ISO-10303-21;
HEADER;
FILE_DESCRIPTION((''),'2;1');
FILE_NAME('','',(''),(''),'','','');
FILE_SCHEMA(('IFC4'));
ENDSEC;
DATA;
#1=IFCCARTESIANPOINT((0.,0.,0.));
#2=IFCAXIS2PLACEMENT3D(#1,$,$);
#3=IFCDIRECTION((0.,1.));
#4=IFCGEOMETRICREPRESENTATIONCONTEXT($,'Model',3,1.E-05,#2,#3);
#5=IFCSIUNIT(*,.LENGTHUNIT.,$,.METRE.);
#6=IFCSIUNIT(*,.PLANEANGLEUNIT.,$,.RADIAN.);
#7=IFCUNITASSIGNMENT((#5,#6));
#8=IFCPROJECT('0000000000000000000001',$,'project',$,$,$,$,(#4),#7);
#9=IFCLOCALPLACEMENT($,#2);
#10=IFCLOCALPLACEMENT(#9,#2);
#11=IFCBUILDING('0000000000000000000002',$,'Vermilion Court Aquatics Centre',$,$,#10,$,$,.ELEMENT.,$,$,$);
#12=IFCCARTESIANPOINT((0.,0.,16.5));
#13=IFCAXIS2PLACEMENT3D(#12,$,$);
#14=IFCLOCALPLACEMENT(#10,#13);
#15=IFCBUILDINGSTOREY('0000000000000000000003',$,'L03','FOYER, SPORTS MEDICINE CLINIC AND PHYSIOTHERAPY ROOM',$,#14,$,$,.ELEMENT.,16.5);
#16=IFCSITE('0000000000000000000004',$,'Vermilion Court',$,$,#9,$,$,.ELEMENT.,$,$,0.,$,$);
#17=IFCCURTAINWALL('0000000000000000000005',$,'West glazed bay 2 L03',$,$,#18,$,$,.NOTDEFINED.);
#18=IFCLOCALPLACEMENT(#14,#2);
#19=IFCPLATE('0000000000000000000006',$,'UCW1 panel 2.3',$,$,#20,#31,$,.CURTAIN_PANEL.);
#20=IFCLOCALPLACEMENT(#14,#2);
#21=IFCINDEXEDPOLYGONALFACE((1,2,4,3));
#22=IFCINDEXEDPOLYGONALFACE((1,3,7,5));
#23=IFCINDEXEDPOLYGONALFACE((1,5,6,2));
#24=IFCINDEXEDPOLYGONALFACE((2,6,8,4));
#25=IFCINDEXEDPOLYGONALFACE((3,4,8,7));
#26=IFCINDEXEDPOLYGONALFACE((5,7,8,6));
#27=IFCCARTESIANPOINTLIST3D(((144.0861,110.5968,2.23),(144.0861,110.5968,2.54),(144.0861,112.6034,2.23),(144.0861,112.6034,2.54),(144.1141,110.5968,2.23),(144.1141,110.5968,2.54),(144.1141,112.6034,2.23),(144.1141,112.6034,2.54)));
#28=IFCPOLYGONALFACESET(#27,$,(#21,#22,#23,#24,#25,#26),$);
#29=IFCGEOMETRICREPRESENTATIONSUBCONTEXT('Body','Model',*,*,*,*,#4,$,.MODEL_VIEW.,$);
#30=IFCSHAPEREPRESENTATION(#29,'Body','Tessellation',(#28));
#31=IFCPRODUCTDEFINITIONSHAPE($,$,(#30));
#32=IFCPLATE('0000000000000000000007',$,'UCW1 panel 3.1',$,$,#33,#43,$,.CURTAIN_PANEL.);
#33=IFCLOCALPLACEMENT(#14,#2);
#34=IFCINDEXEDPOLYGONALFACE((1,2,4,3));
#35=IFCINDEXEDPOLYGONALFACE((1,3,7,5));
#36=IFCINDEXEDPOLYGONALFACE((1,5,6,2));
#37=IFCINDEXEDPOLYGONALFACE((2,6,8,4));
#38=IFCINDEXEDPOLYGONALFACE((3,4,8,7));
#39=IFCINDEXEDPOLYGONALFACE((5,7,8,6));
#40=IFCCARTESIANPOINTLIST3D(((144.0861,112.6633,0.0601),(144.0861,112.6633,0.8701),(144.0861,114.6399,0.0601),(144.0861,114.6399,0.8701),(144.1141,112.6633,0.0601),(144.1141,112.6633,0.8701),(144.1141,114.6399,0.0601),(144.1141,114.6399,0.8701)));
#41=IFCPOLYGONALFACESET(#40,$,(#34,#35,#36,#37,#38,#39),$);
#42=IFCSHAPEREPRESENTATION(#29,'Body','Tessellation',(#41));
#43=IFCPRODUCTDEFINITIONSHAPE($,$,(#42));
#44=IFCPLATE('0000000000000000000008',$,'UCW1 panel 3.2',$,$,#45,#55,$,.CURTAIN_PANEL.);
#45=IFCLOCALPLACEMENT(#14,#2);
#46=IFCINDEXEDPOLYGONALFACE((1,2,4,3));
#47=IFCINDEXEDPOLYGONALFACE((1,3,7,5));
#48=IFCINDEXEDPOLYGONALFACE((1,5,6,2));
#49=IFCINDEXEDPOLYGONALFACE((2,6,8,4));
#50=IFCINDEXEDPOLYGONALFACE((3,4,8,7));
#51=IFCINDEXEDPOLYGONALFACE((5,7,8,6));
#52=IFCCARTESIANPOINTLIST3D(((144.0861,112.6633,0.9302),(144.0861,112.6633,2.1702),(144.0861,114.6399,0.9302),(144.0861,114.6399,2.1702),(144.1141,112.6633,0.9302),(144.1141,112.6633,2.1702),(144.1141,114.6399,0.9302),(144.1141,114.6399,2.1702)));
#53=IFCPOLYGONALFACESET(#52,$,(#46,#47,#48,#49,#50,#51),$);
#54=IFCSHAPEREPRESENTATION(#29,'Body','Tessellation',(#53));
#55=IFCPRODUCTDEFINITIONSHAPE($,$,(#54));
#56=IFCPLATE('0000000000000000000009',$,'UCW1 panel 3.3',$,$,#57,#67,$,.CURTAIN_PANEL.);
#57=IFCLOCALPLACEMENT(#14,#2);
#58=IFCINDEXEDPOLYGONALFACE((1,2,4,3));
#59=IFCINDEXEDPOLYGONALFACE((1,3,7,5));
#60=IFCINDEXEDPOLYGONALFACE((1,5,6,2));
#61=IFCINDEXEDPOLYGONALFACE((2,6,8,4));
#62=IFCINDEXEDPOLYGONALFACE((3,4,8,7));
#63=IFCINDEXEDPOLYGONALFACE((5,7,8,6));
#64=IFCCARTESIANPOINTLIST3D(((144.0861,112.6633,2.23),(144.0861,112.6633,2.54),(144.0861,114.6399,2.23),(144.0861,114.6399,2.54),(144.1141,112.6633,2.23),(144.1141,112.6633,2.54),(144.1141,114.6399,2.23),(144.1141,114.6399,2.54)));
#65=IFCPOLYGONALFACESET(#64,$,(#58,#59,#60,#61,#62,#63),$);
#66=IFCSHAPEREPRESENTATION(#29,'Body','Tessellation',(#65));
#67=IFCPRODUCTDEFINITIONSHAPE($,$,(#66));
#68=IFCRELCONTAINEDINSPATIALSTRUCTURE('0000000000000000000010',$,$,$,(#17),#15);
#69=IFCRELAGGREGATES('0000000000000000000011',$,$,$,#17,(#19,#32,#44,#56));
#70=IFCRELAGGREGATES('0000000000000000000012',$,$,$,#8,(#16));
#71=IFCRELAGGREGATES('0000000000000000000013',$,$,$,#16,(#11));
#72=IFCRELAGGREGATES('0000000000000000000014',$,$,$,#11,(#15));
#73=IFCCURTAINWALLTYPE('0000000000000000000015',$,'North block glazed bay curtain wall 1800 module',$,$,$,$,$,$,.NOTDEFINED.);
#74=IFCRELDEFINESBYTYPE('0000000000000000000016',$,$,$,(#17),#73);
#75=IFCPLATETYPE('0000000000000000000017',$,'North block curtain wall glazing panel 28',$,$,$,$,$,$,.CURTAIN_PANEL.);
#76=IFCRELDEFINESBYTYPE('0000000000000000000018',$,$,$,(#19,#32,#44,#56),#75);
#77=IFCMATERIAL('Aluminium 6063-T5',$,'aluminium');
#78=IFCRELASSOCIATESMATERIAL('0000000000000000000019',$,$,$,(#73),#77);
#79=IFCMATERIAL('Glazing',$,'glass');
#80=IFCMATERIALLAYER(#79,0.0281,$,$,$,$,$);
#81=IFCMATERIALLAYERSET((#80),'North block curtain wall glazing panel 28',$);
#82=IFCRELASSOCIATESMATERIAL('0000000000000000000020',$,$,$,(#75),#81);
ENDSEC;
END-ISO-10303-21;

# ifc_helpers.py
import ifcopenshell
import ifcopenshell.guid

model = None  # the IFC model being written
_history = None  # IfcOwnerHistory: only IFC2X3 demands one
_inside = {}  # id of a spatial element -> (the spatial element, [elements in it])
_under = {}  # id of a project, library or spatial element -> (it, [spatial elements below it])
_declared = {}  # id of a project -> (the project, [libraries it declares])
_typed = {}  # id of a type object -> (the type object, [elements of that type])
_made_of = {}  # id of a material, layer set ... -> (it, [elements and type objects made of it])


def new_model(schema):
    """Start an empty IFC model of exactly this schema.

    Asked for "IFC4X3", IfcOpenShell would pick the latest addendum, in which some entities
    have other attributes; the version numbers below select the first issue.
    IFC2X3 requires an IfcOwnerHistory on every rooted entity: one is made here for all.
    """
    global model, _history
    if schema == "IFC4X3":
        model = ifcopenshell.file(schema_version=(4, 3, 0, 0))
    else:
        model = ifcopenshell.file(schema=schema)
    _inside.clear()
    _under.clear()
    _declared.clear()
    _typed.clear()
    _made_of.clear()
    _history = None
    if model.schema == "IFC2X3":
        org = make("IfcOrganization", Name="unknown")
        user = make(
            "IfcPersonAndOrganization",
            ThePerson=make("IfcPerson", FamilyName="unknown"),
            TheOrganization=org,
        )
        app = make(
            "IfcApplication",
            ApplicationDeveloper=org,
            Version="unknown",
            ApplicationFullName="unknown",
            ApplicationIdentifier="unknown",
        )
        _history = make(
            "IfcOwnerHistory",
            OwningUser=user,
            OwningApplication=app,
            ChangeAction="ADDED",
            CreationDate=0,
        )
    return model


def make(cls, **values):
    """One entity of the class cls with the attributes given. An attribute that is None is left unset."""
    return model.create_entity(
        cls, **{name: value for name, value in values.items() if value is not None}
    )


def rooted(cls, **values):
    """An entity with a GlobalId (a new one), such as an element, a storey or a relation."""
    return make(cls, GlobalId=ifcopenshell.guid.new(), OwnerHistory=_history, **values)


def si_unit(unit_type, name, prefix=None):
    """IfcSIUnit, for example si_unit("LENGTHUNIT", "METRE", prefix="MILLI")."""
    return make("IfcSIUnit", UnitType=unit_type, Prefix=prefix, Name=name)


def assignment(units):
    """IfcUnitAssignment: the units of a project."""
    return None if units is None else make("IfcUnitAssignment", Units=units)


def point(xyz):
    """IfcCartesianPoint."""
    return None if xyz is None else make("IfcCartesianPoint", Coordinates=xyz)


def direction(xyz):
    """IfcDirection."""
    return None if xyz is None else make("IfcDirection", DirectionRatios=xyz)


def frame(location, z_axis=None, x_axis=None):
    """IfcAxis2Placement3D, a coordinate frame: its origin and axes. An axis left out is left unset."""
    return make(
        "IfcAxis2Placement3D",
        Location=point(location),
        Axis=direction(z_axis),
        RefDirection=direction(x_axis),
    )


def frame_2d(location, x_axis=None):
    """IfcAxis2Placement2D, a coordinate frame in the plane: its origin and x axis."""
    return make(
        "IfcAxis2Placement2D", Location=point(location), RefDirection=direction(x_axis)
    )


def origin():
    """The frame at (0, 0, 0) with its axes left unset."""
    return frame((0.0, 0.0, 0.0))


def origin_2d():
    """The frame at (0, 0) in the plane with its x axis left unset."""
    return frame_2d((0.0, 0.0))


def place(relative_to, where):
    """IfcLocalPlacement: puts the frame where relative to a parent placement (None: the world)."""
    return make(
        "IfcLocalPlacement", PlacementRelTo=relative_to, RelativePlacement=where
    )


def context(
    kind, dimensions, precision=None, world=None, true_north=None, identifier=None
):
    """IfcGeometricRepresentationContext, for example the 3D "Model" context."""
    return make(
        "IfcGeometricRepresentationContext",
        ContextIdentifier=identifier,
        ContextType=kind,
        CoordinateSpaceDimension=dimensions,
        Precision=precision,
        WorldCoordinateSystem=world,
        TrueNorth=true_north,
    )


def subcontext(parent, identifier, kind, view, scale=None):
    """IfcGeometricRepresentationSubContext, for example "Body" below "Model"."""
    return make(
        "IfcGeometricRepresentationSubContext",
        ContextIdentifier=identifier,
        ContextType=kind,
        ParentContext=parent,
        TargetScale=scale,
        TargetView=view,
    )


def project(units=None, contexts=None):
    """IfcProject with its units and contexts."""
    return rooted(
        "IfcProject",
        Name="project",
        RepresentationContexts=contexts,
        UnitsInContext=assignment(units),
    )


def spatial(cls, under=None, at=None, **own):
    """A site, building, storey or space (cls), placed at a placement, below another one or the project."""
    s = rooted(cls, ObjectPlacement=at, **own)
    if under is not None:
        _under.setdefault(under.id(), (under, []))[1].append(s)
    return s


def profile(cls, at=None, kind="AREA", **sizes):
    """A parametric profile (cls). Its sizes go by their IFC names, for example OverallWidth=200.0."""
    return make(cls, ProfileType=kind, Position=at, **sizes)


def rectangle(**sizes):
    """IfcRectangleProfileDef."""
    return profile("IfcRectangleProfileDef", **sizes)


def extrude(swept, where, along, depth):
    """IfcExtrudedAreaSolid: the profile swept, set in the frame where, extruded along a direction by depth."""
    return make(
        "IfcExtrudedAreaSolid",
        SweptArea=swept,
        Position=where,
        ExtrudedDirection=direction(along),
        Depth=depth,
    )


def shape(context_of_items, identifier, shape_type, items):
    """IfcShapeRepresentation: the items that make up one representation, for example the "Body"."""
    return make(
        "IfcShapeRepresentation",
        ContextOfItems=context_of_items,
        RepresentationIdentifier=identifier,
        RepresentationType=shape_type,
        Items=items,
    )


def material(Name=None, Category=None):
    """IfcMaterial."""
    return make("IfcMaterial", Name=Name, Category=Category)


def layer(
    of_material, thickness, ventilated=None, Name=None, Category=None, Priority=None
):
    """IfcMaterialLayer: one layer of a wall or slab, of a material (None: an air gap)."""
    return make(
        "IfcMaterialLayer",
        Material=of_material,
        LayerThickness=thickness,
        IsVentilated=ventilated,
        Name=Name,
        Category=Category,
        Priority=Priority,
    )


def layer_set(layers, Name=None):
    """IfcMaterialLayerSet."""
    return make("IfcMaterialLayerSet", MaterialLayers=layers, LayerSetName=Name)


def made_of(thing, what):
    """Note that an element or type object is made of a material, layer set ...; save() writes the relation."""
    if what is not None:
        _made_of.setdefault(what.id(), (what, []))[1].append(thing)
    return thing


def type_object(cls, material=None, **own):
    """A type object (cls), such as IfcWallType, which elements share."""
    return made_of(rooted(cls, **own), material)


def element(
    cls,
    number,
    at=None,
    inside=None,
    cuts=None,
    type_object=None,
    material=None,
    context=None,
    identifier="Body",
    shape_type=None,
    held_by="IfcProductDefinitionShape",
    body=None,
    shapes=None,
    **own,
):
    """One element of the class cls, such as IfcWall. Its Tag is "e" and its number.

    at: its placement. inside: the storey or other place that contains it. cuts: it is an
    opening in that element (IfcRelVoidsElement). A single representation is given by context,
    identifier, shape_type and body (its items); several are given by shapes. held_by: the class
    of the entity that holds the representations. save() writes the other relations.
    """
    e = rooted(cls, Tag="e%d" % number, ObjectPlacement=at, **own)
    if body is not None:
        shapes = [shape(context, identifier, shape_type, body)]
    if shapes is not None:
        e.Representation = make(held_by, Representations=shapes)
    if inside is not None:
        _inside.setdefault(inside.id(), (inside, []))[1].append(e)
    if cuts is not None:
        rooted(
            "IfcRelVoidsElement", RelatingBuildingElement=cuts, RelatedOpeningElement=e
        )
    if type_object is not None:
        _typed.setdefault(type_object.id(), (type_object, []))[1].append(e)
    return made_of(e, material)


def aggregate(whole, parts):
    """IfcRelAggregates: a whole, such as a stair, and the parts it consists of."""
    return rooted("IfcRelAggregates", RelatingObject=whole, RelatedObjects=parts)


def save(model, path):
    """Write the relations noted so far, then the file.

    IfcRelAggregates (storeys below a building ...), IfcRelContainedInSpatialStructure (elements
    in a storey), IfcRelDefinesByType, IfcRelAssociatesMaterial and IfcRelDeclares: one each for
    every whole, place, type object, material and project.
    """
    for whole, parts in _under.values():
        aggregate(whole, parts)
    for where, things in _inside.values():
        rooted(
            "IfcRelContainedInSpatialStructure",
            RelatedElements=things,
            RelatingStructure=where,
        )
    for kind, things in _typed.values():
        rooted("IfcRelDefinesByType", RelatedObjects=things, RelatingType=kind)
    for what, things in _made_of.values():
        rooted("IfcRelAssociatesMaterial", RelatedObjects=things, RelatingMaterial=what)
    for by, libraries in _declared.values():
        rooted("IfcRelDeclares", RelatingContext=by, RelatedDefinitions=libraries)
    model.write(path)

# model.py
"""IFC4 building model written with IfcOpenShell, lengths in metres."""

from ifc_helpers import new_model, si_unit, direction, frame, origin, origin_2d, place, context, subcontext, project, spatial, rectangle, extrude, material, layer, layer_set, type_object, element, aggregate, save


model = new_model("IFC4")

# Units and contexts
model_context = context("Model", 3, precision=1e-05, world=origin(), true_north=direction((0.0, 1.0)))
body_context = subcontext(model_context, "Body", "Model", "MODEL_VIEW")
ifc_project = project(units=[si_unit("LENGTHUNIT", "METRE"), si_unit("PLANEANGLEUNIT", "RADIAN")], contexts=[model_context])

# Site, building, storey
site_placement = place(None, origin())
site = spatial("IfcSite", under=ifc_project, at=site_placement, Name="Vermilion Court", CompositionType="ELEMENT", RefElevation=0.0)
building_placement = place(site_placement, origin())
building = spatial("IfcBuilding", under=site, at=building_placement, Name="Vermilion Court Aquatics Centre", CompositionType="ELEMENT")
storey_placement = place(building_placement, frame((0.0, 0.0, 16.5)))
storey = spatial("IfcBuildingStorey", under=building, at=storey_placement, Name="L03", Description="FOYER, SPORTS MEDICINE CLINIC AND PHYSIOTHERAPY ROOM", CompositionType="ELEMENT", Elevation=16.5)

# Curtain wall
ifc_material_1 = material(Name="Aluminium 6063-T5", Category="aluminium")
curtain_wall_type = type_object("IfcCurtainWallType", Name="North block glazed bay curtain wall 1800 module", PredefinedType="NOTDEFINED", material=ifc_material_1)
curtain_wall_1_placement = place(storey_placement, origin())
curtain_wall_1 = element("IfcCurtainWall", 1, at=curtain_wall_1_placement, inside=storey, type_object=curtain_wall_type, Name="West glazed bay 2 L03", PredefinedType="NOTDEFINED")

# Plates
ifc_material_2 = material(Name="Glazing", Category="glass")
ifc_layer = layer(ifc_material_2, 0.0281)
ifc_layer_set = layer_set([ifc_layer], Name="North block curtain wall glazing panel 28")
plate_type = type_object("IfcPlateType", Name="North block curtain wall glazing panel 28", PredefinedType="CURTAIN_PANEL", material=ifc_layer_set)
plate_1_placement = place(storey_placement, frame((144.1001, 111.6001, 2.23), z_axis=(0.0, 0.0, 1.0), x_axis=(0.0, 1.0, 0.0)))
plate_1 = element("IfcPlate", 2, at=plate_1_placement, type_object=plate_type, Name="UCW1 panel 2.3", PredefinedType="CURTAIN_PANEL", context=body_context, shape_type="SweptSolid", body=[
    extrude(rectangle(XDim=2.0066, YDim=0.0281, at=origin_2d()), origin(), (0.0, 0.0, 1.0), 0.3101),
])
plate_2_placement = place(storey_placement, frame((144.1001, 113.6516, 0.0601), z_axis=(0.0, 0.0, 1.0), x_axis=(0.0, 1.0, 0.0)))
plate_2 = element("IfcPlate", 3, at=plate_2_placement, type_object=plate_type, Name="UCW1 panel 3.1", PredefinedType="CURTAIN_PANEL", context=body_context, shape_type="SweptSolid", body=[
    extrude(rectangle(XDim=1.9766, YDim=0.0281, at=origin_2d()), origin(), (0.0, 0.0, 1.0), 0.8101),
])
plate_3_placement = place(storey_placement, frame((144.1001, 113.6516, 0.9302), z_axis=(0.0, 0.0, 1.0), x_axis=(0.0, 1.0, 0.0)))
plate_3 = element("IfcPlate", 4, at=plate_3_placement, type_object=plate_type, Name="UCW1 panel 3.2", PredefinedType="CURTAIN_PANEL", context=body_context, shape_type="SweptSolid", body=[
    extrude(rectangle(XDim=1.9766, YDim=0.0281, at=origin_2d()), origin(), (0.0, 0.0, 1.0), 1.24),
])
plate_4_placement = place(storey_placement, frame((144.1001, 113.6516, 2.23), z_axis=(0.0, 0.0, 1.0), x_axis=(0.0, 1.0, 0.0)))
plate_4 = element("IfcPlate", 5, at=plate_4_placement, type_object=plate_type, Name="UCW1 panel 3.3", PredefinedType="CURTAIN_PANEL", context=body_context, shape_type="SweptSolid", body=[
    extrude(rectangle(XDim=1.9766, YDim=0.0281, at=origin_2d()), origin(), (0.0, 0.0, 1.0), 0.3101),
])
aggregate(curtain_wall_1, [plate_1, plate_2, plate_3, plate_4])

save(model, "model.ifc")
